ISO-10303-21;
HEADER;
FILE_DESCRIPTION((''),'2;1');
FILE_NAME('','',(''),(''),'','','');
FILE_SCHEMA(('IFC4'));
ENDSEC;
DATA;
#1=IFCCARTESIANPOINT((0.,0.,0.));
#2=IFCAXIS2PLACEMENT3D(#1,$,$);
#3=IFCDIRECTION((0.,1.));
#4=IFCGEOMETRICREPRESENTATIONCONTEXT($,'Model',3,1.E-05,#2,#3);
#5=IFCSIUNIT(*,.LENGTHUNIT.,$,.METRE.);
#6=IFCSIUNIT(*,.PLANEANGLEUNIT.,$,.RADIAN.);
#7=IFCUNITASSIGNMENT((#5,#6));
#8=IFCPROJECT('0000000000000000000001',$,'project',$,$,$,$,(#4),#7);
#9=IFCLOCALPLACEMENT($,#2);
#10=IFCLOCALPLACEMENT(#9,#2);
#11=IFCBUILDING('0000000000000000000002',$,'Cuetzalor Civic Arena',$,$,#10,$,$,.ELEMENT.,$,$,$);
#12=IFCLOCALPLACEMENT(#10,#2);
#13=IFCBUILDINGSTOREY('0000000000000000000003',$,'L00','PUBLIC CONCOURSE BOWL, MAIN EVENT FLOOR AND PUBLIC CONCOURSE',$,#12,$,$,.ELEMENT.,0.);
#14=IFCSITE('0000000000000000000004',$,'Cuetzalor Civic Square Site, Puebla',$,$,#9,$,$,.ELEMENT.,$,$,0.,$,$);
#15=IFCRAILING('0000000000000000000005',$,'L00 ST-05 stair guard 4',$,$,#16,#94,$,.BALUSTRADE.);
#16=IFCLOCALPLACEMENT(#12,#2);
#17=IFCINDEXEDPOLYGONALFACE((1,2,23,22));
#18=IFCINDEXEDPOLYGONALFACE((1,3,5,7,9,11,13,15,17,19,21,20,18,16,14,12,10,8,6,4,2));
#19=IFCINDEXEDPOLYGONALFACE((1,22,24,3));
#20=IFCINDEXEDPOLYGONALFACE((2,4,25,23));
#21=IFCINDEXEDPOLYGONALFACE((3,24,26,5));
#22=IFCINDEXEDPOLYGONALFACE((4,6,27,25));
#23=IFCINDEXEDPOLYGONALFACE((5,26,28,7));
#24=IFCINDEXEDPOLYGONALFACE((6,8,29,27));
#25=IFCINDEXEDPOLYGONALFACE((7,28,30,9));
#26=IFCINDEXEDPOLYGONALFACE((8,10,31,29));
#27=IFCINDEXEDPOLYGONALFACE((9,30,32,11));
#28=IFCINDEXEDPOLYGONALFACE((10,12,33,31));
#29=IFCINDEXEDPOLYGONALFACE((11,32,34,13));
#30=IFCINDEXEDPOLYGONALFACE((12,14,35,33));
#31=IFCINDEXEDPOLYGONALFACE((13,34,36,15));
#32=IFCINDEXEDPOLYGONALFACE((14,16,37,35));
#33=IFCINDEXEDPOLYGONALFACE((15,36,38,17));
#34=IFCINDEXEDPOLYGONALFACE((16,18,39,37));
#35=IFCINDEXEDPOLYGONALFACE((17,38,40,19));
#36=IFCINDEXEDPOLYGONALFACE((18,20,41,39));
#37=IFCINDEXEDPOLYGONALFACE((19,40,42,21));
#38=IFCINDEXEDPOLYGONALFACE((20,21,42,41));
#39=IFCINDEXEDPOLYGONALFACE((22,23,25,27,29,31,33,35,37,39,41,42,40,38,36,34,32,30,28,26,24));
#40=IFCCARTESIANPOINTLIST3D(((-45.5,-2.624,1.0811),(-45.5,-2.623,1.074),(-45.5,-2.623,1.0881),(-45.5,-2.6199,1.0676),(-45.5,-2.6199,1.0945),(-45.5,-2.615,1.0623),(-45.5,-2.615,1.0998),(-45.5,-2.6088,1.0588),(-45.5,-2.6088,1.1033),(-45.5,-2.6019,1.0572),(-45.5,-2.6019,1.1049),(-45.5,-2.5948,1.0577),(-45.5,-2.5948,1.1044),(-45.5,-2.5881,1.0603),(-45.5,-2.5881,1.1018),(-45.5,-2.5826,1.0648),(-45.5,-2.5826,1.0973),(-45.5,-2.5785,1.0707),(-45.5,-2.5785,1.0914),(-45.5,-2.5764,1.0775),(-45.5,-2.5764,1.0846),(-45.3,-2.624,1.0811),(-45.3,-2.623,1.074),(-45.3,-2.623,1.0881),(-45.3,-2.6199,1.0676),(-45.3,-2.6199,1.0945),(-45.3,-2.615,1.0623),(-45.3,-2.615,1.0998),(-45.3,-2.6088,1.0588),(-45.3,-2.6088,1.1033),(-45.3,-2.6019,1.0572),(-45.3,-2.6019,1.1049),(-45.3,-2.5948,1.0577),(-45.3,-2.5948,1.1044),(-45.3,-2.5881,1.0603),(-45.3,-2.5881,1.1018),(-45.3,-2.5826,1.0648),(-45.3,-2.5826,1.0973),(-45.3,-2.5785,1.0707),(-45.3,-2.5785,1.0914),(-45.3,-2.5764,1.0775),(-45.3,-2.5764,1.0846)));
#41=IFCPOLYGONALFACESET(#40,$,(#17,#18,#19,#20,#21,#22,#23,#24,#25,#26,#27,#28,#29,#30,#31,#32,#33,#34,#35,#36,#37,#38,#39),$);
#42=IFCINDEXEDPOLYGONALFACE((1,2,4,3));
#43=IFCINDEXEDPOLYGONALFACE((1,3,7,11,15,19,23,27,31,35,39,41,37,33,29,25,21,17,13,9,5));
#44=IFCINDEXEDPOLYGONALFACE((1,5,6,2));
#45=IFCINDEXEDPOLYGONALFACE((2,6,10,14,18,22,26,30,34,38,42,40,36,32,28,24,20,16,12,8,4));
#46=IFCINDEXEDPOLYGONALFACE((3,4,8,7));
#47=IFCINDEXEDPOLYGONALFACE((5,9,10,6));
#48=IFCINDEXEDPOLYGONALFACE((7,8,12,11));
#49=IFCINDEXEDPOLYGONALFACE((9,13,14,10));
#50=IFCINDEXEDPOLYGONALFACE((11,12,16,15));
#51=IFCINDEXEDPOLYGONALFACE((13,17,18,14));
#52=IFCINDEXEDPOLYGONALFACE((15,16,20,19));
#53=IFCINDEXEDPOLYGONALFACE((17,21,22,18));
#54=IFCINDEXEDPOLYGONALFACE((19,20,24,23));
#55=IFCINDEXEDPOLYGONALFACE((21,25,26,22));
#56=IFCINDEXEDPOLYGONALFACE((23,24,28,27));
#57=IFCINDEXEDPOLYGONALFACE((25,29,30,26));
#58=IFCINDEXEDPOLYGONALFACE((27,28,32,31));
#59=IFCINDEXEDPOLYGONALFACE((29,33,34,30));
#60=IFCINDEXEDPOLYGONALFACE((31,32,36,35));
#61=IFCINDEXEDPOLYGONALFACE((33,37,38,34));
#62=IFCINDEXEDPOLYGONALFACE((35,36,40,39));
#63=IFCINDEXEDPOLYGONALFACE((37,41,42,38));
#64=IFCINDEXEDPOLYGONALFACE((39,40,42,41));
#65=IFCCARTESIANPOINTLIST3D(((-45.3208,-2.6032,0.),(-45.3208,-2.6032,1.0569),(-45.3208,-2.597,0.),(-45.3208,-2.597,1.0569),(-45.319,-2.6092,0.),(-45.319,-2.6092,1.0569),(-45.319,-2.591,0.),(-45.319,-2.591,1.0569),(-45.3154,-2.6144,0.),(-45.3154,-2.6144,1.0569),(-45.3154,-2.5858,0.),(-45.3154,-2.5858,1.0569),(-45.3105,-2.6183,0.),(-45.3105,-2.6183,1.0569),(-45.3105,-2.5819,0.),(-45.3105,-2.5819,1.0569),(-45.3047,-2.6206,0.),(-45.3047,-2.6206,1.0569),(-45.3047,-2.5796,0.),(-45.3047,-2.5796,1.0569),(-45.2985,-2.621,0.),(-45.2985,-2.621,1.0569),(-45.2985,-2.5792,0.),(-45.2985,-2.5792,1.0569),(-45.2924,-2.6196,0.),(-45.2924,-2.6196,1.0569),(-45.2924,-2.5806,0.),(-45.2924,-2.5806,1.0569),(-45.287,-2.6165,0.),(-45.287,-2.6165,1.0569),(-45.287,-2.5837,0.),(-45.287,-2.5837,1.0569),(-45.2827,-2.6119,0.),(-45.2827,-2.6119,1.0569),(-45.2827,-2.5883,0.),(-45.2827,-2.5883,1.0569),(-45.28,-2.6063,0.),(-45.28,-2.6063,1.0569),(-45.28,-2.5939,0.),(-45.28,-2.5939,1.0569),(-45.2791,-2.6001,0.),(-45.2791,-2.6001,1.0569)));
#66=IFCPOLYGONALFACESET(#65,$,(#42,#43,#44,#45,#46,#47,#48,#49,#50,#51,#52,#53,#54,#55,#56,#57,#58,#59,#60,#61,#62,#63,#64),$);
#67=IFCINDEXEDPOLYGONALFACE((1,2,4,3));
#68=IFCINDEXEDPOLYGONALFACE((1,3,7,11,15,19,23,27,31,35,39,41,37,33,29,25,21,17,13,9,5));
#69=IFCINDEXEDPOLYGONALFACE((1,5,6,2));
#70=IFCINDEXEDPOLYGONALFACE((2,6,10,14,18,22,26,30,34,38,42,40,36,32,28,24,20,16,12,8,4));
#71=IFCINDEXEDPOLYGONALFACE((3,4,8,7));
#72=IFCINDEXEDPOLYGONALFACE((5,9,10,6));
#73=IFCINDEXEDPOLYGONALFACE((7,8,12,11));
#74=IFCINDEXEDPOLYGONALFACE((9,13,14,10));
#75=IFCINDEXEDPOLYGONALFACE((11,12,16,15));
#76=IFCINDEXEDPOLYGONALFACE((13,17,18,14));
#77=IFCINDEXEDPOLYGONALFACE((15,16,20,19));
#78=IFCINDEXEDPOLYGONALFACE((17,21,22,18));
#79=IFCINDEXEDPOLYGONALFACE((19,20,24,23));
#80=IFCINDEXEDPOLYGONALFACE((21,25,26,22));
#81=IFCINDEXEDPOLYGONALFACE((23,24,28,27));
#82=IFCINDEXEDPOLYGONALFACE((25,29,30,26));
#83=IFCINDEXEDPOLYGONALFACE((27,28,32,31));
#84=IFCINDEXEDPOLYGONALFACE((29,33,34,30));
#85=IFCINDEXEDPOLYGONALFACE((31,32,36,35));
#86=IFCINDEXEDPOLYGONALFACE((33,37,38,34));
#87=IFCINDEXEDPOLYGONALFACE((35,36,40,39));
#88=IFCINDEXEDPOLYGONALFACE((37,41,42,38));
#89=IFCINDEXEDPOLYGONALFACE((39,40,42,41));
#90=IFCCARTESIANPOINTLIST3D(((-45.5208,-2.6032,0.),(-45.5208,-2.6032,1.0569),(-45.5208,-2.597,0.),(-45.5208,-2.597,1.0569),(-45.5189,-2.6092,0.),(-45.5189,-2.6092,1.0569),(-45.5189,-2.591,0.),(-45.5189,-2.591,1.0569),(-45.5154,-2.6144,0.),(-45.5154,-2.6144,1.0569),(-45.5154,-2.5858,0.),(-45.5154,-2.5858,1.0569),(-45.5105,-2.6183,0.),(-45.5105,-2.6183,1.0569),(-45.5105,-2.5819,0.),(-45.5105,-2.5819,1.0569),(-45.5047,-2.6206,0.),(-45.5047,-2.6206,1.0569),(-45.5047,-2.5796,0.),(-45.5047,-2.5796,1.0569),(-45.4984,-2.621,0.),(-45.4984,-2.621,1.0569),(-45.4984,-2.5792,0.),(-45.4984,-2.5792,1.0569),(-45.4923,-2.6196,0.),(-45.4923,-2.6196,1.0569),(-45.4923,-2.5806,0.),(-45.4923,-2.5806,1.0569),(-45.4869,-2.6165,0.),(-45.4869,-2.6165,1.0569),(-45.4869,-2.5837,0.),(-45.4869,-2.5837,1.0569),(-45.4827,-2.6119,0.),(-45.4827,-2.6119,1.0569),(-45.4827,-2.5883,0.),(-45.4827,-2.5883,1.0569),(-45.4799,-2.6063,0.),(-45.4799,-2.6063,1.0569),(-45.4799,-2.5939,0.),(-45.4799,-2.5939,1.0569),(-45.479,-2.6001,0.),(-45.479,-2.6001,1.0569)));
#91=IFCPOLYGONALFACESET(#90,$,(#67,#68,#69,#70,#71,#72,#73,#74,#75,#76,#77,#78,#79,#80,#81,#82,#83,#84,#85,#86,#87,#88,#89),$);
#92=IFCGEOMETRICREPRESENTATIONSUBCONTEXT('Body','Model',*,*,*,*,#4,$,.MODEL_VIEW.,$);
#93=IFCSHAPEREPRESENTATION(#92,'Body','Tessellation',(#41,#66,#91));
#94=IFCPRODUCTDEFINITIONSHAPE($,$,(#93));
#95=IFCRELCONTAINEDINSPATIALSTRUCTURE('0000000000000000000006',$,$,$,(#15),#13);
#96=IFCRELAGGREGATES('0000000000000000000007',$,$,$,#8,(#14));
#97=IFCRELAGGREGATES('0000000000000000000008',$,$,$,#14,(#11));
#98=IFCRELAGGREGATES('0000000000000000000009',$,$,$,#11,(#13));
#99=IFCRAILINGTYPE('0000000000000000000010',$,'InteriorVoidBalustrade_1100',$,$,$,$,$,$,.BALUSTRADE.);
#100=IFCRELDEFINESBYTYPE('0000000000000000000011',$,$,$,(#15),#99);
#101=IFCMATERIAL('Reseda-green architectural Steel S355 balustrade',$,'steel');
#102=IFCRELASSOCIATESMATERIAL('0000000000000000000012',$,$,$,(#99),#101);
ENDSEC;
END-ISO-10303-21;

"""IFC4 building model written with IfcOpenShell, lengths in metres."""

from ifc_helpers import new_model, si_unit, direction, frame, origin, origin_2d, place, context, subcontext, project, spatial, circle, extrude, material, type_object, element, save


model = new_model("IFC4")

# Units and contexts
model_context = context("Model", 3, precision=1e-05, world=origin(), true_north=direction((0.0, 1.0)))
body_context = subcontext(model_context, "Body", "Model", "MODEL_VIEW")
ifc_project = project(units=[si_unit("LENGTHUNIT", "METRE"), si_unit("PLANEANGLEUNIT", "RADIAN")], contexts=[model_context])

# Site, building, storey
site_placement = place(None, origin())
site = spatial("IfcSite", under=ifc_project, at=site_placement, Name="Cuetzalor Civic Square Site, Puebla", CompositionType="ELEMENT", RefElevation=0.0)
building_placement = place(site_placement, origin())
building = spatial("IfcBuilding", under=site, at=building_placement, Name="Cuetzalor Civic Arena", CompositionType="ELEMENT")
storey_placement = place(building_placement, origin())
storey = spatial("IfcBuildingStorey", under=building, at=storey_placement, Name="L00", Description="PUBLIC CONCOURSE BOWL, MAIN EVENT FLOOR AND PUBLIC CONCOURSE", CompositionType="ELEMENT", Elevation=0.0)

# Railing
ifc_material_1 = material(Name="Reseda-green architectural Steel S355 balustrade", Category="steel")
railing_type_1 = type_object("IfcRailingType", Name="InteriorVoidBalustrade_1100", PredefinedType="BALUSTRADE", material=ifc_material_1)
railing_1_placement = place(storey_placement, frame((-45.3, -2.6001, 0.0)))
element("IfcRailing", 1, at=railing_1_placement, inside=storey, type_object=railing_type_1, Name="L00 ST-05 stair guard 4", PredefinedType="BALUSTRADE", context=body_context, shape_type="SweptSolid", body=[
    extrude(circle(Radius=0.0239, at=origin_2d()), frame((0.0, 0.0, 1.0811), z_axis=(-1.0, 0.0, 0.0), x_axis=(0.0, -1.0, 0.0)), (0.0, 0.0, 1.0), 0.2),
    extrude(circle(Radius=0.021, at=origin_2d()), origin(), (0.0, 0.0, 1.0), 1.0569),
    extrude(circle(Radius=0.021, at=origin_2d()), frame((-0.2, 0.0, 0.0)), (0.0, 0.0, 1.0), 1.0569),
])

save(model, "model.ifc")
